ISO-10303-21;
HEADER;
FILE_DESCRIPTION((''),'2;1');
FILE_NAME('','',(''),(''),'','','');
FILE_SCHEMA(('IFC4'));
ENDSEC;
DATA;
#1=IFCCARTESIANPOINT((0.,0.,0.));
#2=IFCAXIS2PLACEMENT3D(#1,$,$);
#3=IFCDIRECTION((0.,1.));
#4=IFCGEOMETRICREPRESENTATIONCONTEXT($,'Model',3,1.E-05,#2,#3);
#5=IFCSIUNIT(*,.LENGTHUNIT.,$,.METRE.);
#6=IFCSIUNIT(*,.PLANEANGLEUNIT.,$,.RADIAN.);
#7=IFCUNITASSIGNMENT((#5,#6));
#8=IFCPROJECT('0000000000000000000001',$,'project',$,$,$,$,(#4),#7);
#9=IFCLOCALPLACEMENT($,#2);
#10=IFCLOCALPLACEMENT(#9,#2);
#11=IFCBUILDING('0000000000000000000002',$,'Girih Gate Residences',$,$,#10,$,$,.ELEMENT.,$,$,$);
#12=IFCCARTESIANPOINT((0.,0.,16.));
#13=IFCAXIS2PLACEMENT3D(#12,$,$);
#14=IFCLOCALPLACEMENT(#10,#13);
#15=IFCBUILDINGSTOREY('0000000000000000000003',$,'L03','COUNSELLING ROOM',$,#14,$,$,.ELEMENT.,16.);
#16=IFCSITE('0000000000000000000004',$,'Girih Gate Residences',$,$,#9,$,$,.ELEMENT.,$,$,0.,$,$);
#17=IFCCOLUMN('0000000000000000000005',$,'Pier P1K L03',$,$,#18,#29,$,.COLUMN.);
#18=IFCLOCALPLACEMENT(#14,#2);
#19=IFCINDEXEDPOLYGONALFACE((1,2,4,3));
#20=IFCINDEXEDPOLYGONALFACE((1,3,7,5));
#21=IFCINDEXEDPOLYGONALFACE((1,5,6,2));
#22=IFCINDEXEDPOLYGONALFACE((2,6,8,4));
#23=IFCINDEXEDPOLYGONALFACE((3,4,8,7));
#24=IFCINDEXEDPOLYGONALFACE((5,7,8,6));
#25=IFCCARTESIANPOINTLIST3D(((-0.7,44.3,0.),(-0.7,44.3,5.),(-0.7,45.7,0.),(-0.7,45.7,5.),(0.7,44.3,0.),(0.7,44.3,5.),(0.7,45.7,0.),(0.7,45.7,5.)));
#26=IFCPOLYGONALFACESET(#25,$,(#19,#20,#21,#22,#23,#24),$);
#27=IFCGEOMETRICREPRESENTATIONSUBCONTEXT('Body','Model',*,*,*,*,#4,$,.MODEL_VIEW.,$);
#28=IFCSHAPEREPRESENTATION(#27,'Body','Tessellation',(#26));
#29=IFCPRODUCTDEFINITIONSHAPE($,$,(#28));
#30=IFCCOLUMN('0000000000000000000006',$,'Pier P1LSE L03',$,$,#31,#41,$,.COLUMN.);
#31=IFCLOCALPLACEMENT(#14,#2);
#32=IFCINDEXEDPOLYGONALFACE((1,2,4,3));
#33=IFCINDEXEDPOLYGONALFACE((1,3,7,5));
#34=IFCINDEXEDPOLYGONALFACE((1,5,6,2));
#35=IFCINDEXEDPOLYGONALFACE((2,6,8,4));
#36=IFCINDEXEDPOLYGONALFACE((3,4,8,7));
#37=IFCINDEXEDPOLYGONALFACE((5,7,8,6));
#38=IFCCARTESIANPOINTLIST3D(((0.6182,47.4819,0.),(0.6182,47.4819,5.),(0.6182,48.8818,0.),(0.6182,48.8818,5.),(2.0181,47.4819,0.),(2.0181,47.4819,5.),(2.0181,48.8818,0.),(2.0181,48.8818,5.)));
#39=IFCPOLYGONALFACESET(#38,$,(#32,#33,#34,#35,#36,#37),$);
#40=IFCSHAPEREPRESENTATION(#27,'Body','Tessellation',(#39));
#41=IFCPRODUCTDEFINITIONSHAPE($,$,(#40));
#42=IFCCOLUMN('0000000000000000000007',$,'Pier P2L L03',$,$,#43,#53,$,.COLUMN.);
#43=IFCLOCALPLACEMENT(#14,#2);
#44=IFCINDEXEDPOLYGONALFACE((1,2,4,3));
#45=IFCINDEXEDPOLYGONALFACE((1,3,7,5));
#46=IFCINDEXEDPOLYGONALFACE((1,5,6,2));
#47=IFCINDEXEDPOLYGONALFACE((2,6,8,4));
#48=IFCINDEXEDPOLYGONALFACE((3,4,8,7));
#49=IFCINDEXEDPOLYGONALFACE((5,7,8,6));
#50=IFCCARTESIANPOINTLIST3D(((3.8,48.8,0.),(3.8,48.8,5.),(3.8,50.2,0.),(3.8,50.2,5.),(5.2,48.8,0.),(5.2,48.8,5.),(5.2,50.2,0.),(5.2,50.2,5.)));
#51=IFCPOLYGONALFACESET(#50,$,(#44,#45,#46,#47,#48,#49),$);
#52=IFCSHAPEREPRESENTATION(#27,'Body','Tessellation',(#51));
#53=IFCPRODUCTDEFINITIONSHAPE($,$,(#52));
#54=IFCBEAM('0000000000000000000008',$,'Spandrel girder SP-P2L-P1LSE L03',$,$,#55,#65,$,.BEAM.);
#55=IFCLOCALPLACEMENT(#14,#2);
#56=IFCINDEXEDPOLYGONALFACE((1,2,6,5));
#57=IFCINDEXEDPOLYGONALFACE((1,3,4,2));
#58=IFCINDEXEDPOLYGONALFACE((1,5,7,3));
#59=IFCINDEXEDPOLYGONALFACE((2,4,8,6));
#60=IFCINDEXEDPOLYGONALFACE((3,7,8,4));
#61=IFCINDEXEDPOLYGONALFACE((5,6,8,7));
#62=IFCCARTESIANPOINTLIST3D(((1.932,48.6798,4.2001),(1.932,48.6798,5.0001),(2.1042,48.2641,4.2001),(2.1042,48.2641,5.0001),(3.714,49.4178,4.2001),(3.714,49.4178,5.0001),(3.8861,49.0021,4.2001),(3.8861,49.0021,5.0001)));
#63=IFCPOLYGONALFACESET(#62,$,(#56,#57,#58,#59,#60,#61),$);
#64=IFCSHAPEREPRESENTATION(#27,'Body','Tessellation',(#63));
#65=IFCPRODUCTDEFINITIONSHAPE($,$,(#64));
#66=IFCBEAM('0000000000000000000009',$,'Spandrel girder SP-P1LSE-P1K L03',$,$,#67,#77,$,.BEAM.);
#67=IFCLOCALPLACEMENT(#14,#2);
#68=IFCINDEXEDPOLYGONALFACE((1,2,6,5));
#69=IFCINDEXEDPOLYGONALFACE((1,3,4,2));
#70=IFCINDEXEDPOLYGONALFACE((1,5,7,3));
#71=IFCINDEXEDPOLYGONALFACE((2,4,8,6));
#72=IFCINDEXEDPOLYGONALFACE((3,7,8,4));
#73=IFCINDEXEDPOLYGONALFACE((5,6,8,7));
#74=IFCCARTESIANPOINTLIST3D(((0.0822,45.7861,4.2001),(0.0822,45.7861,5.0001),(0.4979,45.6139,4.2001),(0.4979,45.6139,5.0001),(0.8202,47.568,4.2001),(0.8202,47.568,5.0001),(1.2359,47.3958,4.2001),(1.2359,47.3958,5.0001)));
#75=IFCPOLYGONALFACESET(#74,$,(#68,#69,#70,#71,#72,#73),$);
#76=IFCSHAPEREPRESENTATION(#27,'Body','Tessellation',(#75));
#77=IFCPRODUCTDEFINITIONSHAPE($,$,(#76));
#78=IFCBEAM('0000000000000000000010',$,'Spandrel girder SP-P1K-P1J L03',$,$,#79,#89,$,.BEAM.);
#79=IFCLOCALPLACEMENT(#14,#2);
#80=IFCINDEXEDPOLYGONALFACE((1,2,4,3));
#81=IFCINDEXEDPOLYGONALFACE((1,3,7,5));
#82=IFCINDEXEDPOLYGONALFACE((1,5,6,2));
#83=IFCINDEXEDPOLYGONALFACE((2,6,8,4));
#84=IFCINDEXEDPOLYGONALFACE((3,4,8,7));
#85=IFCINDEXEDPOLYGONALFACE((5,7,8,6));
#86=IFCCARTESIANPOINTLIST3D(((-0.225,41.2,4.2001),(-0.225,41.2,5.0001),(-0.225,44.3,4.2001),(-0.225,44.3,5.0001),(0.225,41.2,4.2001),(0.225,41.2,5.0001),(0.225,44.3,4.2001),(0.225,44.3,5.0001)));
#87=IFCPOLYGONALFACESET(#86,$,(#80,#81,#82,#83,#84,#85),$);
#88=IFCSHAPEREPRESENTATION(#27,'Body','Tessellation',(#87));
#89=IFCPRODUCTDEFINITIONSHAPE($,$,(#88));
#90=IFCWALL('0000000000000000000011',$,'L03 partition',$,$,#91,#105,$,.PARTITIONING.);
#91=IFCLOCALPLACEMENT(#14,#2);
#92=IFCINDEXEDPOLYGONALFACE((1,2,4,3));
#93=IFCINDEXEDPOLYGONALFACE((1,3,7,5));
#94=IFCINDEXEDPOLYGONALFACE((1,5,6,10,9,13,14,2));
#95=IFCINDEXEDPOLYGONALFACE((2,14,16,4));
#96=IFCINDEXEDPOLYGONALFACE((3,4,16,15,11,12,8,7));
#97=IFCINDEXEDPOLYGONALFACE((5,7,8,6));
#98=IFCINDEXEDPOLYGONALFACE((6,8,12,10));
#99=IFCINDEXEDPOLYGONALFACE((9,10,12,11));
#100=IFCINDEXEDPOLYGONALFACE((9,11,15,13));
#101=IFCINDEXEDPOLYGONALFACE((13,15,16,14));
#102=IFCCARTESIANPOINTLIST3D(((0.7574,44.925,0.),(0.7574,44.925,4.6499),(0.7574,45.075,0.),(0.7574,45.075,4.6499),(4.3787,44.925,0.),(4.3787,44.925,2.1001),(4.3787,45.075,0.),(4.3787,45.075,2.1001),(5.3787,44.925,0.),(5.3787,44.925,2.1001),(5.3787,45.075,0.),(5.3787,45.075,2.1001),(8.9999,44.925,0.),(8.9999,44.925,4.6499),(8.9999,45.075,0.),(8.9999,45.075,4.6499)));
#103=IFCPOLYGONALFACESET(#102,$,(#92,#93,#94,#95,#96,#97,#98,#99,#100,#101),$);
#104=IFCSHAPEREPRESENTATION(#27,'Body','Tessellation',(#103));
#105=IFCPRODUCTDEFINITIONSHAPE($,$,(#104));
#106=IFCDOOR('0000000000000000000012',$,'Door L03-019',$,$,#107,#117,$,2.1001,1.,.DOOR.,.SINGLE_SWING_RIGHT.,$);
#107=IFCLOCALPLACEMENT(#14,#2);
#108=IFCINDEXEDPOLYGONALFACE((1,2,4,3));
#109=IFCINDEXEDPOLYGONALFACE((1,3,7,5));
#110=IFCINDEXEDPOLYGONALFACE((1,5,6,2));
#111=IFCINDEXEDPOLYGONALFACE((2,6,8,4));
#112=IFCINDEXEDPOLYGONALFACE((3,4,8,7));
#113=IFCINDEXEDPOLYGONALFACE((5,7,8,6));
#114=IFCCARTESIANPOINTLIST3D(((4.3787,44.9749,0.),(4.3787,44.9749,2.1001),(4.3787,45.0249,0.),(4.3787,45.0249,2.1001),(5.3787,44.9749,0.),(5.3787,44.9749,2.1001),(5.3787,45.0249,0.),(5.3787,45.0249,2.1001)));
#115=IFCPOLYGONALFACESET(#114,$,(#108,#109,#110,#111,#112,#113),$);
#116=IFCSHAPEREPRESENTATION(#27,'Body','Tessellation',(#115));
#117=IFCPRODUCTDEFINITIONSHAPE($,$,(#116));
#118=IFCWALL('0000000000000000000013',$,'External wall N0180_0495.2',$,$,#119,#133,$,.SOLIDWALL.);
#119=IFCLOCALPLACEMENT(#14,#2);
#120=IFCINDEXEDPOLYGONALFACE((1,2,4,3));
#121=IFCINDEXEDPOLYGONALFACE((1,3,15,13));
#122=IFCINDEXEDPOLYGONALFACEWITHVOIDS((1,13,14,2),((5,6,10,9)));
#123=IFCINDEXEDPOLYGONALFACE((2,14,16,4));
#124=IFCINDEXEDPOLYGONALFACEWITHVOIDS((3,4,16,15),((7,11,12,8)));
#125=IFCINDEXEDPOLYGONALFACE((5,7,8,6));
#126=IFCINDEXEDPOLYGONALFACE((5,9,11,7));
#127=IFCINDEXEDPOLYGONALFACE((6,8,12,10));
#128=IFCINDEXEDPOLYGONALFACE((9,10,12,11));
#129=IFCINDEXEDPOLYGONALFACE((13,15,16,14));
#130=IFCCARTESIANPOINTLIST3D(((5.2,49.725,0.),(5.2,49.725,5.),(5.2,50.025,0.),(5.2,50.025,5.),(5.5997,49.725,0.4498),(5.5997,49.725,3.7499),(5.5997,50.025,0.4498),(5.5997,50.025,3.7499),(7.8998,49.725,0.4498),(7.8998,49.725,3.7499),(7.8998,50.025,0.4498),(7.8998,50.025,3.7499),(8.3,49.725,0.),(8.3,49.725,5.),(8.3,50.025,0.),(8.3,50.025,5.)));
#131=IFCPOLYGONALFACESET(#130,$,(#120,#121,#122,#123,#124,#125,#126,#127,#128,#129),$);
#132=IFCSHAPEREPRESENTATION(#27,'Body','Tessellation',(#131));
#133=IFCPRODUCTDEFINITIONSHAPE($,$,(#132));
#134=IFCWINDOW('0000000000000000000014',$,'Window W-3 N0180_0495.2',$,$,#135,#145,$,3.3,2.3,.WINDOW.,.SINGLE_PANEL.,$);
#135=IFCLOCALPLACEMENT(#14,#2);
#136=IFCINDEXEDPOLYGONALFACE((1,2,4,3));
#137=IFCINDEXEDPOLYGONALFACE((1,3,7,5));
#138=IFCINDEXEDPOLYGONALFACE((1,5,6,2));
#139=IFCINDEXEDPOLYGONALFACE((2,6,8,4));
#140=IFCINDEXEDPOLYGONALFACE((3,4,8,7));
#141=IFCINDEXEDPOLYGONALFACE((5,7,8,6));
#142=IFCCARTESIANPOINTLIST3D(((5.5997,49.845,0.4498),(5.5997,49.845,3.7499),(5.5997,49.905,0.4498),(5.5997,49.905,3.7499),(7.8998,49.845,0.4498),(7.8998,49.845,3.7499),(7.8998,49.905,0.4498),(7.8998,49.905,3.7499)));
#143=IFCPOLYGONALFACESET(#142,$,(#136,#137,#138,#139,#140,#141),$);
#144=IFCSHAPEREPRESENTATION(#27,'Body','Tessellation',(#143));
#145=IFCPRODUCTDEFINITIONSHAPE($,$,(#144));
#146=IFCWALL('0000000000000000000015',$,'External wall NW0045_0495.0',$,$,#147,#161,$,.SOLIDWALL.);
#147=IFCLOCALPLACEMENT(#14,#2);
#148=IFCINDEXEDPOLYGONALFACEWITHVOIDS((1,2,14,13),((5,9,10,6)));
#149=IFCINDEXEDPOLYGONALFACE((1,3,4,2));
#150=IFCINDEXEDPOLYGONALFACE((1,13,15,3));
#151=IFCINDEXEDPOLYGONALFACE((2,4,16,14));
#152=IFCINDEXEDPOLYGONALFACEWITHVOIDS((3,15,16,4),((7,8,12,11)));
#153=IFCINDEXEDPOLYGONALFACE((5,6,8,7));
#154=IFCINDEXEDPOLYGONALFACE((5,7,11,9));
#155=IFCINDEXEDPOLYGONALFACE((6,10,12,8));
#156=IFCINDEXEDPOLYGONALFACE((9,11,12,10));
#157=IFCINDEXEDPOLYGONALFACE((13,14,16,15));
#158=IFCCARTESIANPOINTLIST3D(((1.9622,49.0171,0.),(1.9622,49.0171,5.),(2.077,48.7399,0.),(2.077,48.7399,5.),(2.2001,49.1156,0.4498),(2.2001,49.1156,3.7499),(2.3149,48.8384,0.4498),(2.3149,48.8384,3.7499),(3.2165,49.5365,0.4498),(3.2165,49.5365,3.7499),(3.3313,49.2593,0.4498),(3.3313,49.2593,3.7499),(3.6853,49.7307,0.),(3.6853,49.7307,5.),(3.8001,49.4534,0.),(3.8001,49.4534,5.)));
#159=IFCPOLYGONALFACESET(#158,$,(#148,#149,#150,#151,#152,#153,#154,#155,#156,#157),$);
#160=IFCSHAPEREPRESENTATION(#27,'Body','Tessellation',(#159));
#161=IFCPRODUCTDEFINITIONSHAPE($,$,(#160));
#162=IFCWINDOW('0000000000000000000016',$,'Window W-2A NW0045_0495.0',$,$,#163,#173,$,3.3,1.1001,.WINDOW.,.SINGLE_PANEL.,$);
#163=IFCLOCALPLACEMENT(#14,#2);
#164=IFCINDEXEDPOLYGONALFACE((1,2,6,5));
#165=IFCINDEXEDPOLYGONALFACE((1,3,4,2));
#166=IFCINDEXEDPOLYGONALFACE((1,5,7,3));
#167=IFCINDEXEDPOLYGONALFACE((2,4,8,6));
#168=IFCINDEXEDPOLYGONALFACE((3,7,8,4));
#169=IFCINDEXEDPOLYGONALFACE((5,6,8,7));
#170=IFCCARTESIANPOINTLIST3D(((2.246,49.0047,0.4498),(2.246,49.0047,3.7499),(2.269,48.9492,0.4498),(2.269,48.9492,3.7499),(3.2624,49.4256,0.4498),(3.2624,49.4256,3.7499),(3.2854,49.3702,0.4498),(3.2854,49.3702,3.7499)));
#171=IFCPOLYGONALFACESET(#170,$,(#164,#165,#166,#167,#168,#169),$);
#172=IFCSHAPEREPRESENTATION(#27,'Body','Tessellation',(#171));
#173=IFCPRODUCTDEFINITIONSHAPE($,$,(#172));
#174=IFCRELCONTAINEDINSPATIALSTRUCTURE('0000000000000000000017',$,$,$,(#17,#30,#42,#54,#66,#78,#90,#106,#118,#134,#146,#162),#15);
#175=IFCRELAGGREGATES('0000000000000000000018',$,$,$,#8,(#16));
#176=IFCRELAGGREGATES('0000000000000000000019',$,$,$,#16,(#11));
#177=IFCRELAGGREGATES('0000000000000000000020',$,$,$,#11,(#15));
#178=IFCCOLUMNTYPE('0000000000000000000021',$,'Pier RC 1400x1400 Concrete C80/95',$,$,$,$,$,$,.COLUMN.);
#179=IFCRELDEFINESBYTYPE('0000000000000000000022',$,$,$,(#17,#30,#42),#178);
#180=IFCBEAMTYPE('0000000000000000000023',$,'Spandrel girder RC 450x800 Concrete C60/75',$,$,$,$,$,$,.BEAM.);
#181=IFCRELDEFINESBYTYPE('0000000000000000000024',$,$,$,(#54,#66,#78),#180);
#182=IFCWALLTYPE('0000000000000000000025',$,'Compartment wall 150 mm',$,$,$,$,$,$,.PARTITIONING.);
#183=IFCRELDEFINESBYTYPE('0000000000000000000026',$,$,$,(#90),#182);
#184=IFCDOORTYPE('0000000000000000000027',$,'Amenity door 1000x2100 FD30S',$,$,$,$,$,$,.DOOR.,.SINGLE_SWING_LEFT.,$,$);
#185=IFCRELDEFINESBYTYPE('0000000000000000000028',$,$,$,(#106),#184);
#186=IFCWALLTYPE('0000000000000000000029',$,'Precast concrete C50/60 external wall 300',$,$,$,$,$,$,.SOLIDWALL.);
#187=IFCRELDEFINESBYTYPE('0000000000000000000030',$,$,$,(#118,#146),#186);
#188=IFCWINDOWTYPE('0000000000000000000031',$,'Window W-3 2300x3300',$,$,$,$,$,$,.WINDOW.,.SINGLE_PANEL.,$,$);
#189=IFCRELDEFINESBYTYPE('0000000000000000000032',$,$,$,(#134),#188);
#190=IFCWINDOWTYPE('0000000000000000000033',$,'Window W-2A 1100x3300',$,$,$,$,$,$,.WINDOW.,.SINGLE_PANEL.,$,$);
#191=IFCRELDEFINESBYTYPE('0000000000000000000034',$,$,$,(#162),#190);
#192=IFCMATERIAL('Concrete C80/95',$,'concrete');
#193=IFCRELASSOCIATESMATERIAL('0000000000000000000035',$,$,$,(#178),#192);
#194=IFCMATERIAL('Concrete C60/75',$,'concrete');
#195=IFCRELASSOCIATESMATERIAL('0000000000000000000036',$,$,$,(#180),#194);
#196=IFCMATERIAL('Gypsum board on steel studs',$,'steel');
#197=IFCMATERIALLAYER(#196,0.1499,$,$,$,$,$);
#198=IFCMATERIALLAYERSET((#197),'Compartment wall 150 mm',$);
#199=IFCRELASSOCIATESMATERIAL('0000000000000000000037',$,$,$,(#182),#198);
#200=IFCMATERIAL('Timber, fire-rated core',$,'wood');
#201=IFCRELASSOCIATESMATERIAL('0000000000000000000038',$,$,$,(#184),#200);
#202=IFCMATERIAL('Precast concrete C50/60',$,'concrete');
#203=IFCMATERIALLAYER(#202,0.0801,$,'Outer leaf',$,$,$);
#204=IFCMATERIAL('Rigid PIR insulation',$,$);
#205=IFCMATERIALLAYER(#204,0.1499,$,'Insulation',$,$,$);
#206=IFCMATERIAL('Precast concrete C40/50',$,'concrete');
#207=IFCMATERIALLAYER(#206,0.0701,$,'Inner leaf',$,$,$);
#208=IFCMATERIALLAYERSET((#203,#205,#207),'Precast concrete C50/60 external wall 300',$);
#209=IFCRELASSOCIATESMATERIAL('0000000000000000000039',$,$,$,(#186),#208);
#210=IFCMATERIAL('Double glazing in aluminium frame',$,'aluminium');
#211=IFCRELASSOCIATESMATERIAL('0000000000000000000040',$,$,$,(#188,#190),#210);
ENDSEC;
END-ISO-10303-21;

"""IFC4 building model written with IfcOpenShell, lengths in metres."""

from ifc_helpers import new_model, si_unit, direction, frame, frame_2d, origin, origin_2d, place, context, subcontext, project, spatial, rectangle, extrude, material, layer, layer_set, material_profile, profile_set, type_object, element, fill, save


model = new_model("IFC4")

# Units and contexts
model_context = context("Model", 3, precision=1e-05, world=origin(), true_north=direction((0.0, 1.0)))
body_context = subcontext(model_context, "Body", "Model", "MODEL_VIEW")
ifc_project = project(units=[si_unit("LENGTHUNIT", "METRE"), si_unit("PLANEANGLEUNIT", "RADIAN")], contexts=[model_context])

# Site, building, storey
site_placement = place(None, origin())
site = spatial("IfcSite", under=ifc_project, at=site_placement, Name="Girih Gate Residences", CompositionType="ELEMENT", RefElevation=0.0)
building_placement = place(site_placement, origin())
building = spatial("IfcBuilding", under=site, at=building_placement, Name="Girih Gate Residences", CompositionType="ELEMENT")
storey_placement = place(building_placement, frame((0.0, 0.0, 16.0)))
storey = spatial("IfcBuildingStorey", under=building, at=storey_placement, Name="L03", Description="COUNSELLING ROOM", CompositionType="ELEMENT", Elevation=16.0)

# Columns
ifc_material_1 = material(Name="Concrete C80/95", Category="concrete")
ifc_material_profile_1 = material_profile(ifc_material_1, rectangle(XDim=1.3999, YDim=1.3999, at=origin_2d()))
ifc_profile_set_1 = profile_set([ifc_material_profile_1], Name="Concrete C80/95")
column_type = type_object("IfcColumnType", Name="Pier RC 1400x1400 Concrete C80/95", PredefinedType="COLUMN", material=ifc_profile_set_1)
for number, where, z_axis, x_axis, name in (
    (1, (0.0, 45.0, 0.0), (0.0, 0.0, 1.0), (1.0, 0.0, 0.0), "Pier P1K L03"),
    (2, (1.3181, 48.1819, 0.0), (0.0, 0.0, 1.0), (1.0, 0.0, 0.0), "Pier P1LSE L03"),
    (3, (4.5, 49.5, 0.0), (0.0, 0.0, 1.0), (1.0, 0.0, 0.0), "Pier P2L L03"),
):
    element("IfcColumn", number, at=place(storey_placement, frame(where, z_axis=z_axis, x_axis=x_axis)), inside=storey, type_object=column_type, Name=name, PredefinedType="COLUMN", context=body_context, shape_type="SweptSolid", body=[
        extrude(rectangle(XDim=1.3999, YDim=1.3999, at=origin_2d()), origin(), (0.0, 0.0, 1.0), 5.0),
    ])

# Beams
ifc_material_2 = material(Name="Concrete C60/75", Category="concrete")
ifc_material_profile_2 = material_profile(ifc_material_2, rectangle(XDim=0.45, YDim=0.8, at=origin_2d()))
ifc_profile_set_2 = profile_set([ifc_material_profile_2], Name="Concrete C60/75")
beam_type = type_object("IfcBeamType", Name="Spandrel girder RC 450x800 Concrete C60/75", PredefinedType="BEAM", material=ifc_profile_set_2)
for number, where, z_axis, x_axis, name in (
    (4, (3.8, 49.21, 4.6001), (-0.923895, -0.382646, 0.0), (0.382646, -0.923895, 0.0), "Spandrel girder SP-P2L-P1LSE L03"),
    (5, (1.0281, 47.4819, 4.6001), (-0.382646, -0.923895, 0.0), (0.923895, -0.382646, 0.0), "Spandrel girder SP-P1LSE-P1K L03"),
):
    element("IfcBeam", number, at=place(storey_placement, frame(where, z_axis=z_axis, x_axis=x_axis)), inside=storey, type_object=beam_type, Name=name, PredefinedType="BEAM", context=body_context, shape_type="SweptSolid", body=[
        extrude(rectangle(XDim=0.45, YDim=0.8, at=origin_2d()), origin(), (0.0, 0.0, 1.0), 1.9287),
    ])
beam_placement = place(storey_placement, frame((0.0, 44.3, 4.6001), z_axis=(0.0, -1.0, 0.0), x_axis=(1.0, 0.0, 0.0)))
element("IfcBeam", 6, at=beam_placement, inside=storey, type_object=beam_type, Name="Spandrel girder SP-P1K-P1J L03", PredefinedType="BEAM", context=body_context, shape_type="SweptSolid", body=[
    extrude(rectangle(XDim=0.45, YDim=0.8, at=origin_2d()), origin(), (0.0, 0.0, 1.0), 3.1001),
])

# Wall, opening, door
ifc_material_3 = material(Name="Gypsum board on steel studs", Category="steel")
ifc_layer_1 = layer(ifc_material_3, 0.1499)
ifc_layer_set_1 = layer_set([ifc_layer_1], Name="Compartment wall 150 mm")
wall_type_1 = type_object("IfcWallType", Name="Compartment wall 150 mm", PredefinedType="PARTITIONING", material=ifc_layer_set_1)
wall_1_placement = place(storey_placement, frame((0.7576, 45.0, 0.0), z_axis=(0.0, 0.0, 1.0), x_axis=(1.0, 0.0, 0.0)))
wall_1 = element("IfcWall", 7, at=wall_1_placement, inside=storey, type_object=wall_type_1, Name="L03 partition", PredefinedType="PARTITIONING", context=body_context, shape_type="SweptSolid", body=[
    extrude(rectangle(XDim=8.2424, YDim=0.1499, at=frame_2d((4.1211, 0.0))), origin(), (0.0, 0.0, 1.0), 4.6499),
])
opening_1_placement = place(wall_1_placement, frame((3.6211, 0.0, 0.0)))
opening_1 = element("IfcOpeningElement", 8, at=opening_1_placement, cuts=wall_1, PredefinedType="OPENING", context=body_context, shape_type="SweptSolid", body=[
    extrude(rectangle(XDim=1.0, YDim=2.1001, at=frame_2d((0.5, 1.05))), frame((0.0, 0.085, 0.0), z_axis=(0.0, -1.0, 0.0), x_axis=(1.0, 0.0, 0.0)), (0.0, 0.0, 1.0), 0.1699),
])
ifc_material_4 = material(Name="Timber, fire-rated core", Category="wood")
door_type = type_object("IfcDoorType", Name="Amenity door 1000x2100 FD30S", OperationType="SINGLE_SWING_LEFT", PredefinedType="DOOR", material=ifc_material_4)
door_placement = place(opening_1_placement, origin())
door = element("IfcDoor", 9, at=door_placement, inside=storey, type_object=door_type, Name="Door L03-019", OperationType="SINGLE_SWING_RIGHT", OverallHeight=2.1001, OverallWidth=1.0, PredefinedType="DOOR", context=body_context, shape_type="SweptSolid", body=[
    extrude(rectangle(XDim=1.0, YDim=2.1001, at=frame_2d((0.5, 1.05))), frame((0.0, 0.0249, 0.0), z_axis=(0.0, -1.0, 0.0), x_axis=(1.0, 0.0, 0.0)), (0.0, 0.0, 1.0), 0.05),
])
fill(opening_1, door)

# Walls, openings, windows
ifc_material_5 = material(Name="Precast concrete C50/60", Category="concrete")
ifc_layer_2 = layer(ifc_material_5, 0.0801, Name="Outer leaf")
ifc_material_6 = material(Name="Rigid PIR insulation")
ifc_layer_3 = layer(ifc_material_6, 0.1499, Name="Insulation")
ifc_material_7 = material(Name="Precast concrete C40/50", Category="concrete")
ifc_layer_4 = layer(ifc_material_7, 0.0701, Name="Inner leaf")
ifc_layer_set_2 = layer_set([ifc_layer_2, ifc_layer_3, ifc_layer_4], Name="Precast concrete C50/60 external wall 300")
wall_type_2 = type_object("IfcWallType", Name="Precast concrete C50/60 external wall 300", PredefinedType="SOLIDWALL", material=ifc_layer_set_2)
wall_2_placement = place(storey_placement, frame((5.2, 49.875, 0.0), z_axis=(0.0, 0.0, 1.0), x_axis=(1.0, 0.0, 0.0)))
wall_2 = element("IfcWall", 10, at=wall_2_placement, inside=storey, type_object=wall_type_2, Name="External wall N0180_0495.2", PredefinedType="SOLIDWALL", context=body_context, shape_type="SweptSolid", body=[
    extrude(rectangle(XDim=3.1001, YDim=0.3, at=frame_2d((1.55, 0.0))), origin(), (0.0, 0.0, 1.0), 5.0),
])
opening_2_placement = place(wall_2_placement, frame((0.3999, 0.0, 0.45)))
opening_2 = element("IfcOpeningElement", 11, at=opening_2_placement, cuts=wall_2, PredefinedType="OPENING", context=body_context, shape_type="SweptSolid", body=[
    extrude(rectangle(XDim=2.3, YDim=3.3, at=frame_2d((1.1499, 1.6499))), frame((0.0, 0.1599, 0.0), z_axis=(0.0, -1.0, 0.0), x_axis=(1.0, 0.0, 0.0)), (0.0, 0.0, 1.0), 0.3201),
])
ifc_material_8 = material(Name="Double glazing in aluminium frame", Category="aluminium")
window_type_1 = type_object("IfcWindowType", Name="Window W-3 2300x3300", PartitioningType="SINGLE_PANEL", PredefinedType="WINDOW", material=ifc_material_8)
window_1_placement = place(opening_2_placement, origin())
window_1 = element("IfcWindow", 12, at=window_1_placement, inside=storey, type_object=window_type_1, Name="Window W-3 N0180_0495.2", OverallHeight=3.3, OverallWidth=2.3, PartitioningType="SINGLE_PANEL", PredefinedType="WINDOW", context=body_context, shape_type="SweptSolid", body=[
    extrude(rectangle(XDim=2.3, YDim=3.3, at=frame_2d((1.1499, 1.6499))), frame((0.0, 0.03, 0.0), z_axis=(0.0, -1.0, 0.0), x_axis=(1.0, 0.0, 0.0)), (0.0, 0.0, 1.0), 0.0601),
])
fill(opening_2, window_1)
wall_3_placement = place(storey_placement, frame((2.0195, 48.8784, 0.0), z_axis=(0.0, 0.0, 1.0), x_axis=(0.923904, 0.382625, 0.0)))
wall_3 = element("IfcWall", 13, at=wall_3_placement, inside=storey, type_object=wall_type_2, Name="External wall NW0045_0495.0", PredefinedType="SOLIDWALL", context=body_context, shape_type="SweptSolid", body=[
    extrude(rectangle(XDim=1.865, YDim=0.3, at=frame_2d((0.9326, 0.0))), origin(), (0.0, 0.0, 1.0), 5.0),
])
opening_3_placement = place(wall_3_placement, frame((0.2576, 0.0, 0.45)))
opening_3 = element("IfcOpeningElement", 14, at=opening_3_placement, cuts=wall_3, PredefinedType="OPENING", context=body_context, shape_type="SweptSolid", body=[
    extrude(rectangle(XDim=1.1001, YDim=3.3, at=frame_2d((0.55, 1.6499))), frame((0.0, 0.1599, 0.0), z_axis=(0.0, -1.0, 0.0), x_axis=(1.0, 0.0, 0.0)), (0.0, 0.0, 1.0), 0.3201),
])
window_type_2 = type_object("IfcWindowType", Name="Window W-2A 1100x3300", PartitioningType="SINGLE_PANEL", PredefinedType="WINDOW", material=ifc_material_8)
window_2_placement = place(opening_3_placement, origin())
window_2 = element("IfcWindow", 15, at=window_2_placement, inside=storey, type_object=window_type_2, Name="Window W-2A NW0045_0495.0", OverallHeight=3.3, OverallWidth=1.1001, PartitioningType="SINGLE_PANEL", PredefinedType="WINDOW", context=body_context, shape_type="SweptSolid", body=[
    extrude(rectangle(XDim=1.1001, YDim=3.3, at=frame_2d((0.55, 1.6499))), frame((0.0, 0.03, 0.0), z_axis=(0.0, -1.0, 0.0), x_axis=(1.0, 0.0, 0.0)), (0.0, 0.0, 1.0), 0.0601),
])
fill(opening_3, window_2)

save(model, "model.ifc")
